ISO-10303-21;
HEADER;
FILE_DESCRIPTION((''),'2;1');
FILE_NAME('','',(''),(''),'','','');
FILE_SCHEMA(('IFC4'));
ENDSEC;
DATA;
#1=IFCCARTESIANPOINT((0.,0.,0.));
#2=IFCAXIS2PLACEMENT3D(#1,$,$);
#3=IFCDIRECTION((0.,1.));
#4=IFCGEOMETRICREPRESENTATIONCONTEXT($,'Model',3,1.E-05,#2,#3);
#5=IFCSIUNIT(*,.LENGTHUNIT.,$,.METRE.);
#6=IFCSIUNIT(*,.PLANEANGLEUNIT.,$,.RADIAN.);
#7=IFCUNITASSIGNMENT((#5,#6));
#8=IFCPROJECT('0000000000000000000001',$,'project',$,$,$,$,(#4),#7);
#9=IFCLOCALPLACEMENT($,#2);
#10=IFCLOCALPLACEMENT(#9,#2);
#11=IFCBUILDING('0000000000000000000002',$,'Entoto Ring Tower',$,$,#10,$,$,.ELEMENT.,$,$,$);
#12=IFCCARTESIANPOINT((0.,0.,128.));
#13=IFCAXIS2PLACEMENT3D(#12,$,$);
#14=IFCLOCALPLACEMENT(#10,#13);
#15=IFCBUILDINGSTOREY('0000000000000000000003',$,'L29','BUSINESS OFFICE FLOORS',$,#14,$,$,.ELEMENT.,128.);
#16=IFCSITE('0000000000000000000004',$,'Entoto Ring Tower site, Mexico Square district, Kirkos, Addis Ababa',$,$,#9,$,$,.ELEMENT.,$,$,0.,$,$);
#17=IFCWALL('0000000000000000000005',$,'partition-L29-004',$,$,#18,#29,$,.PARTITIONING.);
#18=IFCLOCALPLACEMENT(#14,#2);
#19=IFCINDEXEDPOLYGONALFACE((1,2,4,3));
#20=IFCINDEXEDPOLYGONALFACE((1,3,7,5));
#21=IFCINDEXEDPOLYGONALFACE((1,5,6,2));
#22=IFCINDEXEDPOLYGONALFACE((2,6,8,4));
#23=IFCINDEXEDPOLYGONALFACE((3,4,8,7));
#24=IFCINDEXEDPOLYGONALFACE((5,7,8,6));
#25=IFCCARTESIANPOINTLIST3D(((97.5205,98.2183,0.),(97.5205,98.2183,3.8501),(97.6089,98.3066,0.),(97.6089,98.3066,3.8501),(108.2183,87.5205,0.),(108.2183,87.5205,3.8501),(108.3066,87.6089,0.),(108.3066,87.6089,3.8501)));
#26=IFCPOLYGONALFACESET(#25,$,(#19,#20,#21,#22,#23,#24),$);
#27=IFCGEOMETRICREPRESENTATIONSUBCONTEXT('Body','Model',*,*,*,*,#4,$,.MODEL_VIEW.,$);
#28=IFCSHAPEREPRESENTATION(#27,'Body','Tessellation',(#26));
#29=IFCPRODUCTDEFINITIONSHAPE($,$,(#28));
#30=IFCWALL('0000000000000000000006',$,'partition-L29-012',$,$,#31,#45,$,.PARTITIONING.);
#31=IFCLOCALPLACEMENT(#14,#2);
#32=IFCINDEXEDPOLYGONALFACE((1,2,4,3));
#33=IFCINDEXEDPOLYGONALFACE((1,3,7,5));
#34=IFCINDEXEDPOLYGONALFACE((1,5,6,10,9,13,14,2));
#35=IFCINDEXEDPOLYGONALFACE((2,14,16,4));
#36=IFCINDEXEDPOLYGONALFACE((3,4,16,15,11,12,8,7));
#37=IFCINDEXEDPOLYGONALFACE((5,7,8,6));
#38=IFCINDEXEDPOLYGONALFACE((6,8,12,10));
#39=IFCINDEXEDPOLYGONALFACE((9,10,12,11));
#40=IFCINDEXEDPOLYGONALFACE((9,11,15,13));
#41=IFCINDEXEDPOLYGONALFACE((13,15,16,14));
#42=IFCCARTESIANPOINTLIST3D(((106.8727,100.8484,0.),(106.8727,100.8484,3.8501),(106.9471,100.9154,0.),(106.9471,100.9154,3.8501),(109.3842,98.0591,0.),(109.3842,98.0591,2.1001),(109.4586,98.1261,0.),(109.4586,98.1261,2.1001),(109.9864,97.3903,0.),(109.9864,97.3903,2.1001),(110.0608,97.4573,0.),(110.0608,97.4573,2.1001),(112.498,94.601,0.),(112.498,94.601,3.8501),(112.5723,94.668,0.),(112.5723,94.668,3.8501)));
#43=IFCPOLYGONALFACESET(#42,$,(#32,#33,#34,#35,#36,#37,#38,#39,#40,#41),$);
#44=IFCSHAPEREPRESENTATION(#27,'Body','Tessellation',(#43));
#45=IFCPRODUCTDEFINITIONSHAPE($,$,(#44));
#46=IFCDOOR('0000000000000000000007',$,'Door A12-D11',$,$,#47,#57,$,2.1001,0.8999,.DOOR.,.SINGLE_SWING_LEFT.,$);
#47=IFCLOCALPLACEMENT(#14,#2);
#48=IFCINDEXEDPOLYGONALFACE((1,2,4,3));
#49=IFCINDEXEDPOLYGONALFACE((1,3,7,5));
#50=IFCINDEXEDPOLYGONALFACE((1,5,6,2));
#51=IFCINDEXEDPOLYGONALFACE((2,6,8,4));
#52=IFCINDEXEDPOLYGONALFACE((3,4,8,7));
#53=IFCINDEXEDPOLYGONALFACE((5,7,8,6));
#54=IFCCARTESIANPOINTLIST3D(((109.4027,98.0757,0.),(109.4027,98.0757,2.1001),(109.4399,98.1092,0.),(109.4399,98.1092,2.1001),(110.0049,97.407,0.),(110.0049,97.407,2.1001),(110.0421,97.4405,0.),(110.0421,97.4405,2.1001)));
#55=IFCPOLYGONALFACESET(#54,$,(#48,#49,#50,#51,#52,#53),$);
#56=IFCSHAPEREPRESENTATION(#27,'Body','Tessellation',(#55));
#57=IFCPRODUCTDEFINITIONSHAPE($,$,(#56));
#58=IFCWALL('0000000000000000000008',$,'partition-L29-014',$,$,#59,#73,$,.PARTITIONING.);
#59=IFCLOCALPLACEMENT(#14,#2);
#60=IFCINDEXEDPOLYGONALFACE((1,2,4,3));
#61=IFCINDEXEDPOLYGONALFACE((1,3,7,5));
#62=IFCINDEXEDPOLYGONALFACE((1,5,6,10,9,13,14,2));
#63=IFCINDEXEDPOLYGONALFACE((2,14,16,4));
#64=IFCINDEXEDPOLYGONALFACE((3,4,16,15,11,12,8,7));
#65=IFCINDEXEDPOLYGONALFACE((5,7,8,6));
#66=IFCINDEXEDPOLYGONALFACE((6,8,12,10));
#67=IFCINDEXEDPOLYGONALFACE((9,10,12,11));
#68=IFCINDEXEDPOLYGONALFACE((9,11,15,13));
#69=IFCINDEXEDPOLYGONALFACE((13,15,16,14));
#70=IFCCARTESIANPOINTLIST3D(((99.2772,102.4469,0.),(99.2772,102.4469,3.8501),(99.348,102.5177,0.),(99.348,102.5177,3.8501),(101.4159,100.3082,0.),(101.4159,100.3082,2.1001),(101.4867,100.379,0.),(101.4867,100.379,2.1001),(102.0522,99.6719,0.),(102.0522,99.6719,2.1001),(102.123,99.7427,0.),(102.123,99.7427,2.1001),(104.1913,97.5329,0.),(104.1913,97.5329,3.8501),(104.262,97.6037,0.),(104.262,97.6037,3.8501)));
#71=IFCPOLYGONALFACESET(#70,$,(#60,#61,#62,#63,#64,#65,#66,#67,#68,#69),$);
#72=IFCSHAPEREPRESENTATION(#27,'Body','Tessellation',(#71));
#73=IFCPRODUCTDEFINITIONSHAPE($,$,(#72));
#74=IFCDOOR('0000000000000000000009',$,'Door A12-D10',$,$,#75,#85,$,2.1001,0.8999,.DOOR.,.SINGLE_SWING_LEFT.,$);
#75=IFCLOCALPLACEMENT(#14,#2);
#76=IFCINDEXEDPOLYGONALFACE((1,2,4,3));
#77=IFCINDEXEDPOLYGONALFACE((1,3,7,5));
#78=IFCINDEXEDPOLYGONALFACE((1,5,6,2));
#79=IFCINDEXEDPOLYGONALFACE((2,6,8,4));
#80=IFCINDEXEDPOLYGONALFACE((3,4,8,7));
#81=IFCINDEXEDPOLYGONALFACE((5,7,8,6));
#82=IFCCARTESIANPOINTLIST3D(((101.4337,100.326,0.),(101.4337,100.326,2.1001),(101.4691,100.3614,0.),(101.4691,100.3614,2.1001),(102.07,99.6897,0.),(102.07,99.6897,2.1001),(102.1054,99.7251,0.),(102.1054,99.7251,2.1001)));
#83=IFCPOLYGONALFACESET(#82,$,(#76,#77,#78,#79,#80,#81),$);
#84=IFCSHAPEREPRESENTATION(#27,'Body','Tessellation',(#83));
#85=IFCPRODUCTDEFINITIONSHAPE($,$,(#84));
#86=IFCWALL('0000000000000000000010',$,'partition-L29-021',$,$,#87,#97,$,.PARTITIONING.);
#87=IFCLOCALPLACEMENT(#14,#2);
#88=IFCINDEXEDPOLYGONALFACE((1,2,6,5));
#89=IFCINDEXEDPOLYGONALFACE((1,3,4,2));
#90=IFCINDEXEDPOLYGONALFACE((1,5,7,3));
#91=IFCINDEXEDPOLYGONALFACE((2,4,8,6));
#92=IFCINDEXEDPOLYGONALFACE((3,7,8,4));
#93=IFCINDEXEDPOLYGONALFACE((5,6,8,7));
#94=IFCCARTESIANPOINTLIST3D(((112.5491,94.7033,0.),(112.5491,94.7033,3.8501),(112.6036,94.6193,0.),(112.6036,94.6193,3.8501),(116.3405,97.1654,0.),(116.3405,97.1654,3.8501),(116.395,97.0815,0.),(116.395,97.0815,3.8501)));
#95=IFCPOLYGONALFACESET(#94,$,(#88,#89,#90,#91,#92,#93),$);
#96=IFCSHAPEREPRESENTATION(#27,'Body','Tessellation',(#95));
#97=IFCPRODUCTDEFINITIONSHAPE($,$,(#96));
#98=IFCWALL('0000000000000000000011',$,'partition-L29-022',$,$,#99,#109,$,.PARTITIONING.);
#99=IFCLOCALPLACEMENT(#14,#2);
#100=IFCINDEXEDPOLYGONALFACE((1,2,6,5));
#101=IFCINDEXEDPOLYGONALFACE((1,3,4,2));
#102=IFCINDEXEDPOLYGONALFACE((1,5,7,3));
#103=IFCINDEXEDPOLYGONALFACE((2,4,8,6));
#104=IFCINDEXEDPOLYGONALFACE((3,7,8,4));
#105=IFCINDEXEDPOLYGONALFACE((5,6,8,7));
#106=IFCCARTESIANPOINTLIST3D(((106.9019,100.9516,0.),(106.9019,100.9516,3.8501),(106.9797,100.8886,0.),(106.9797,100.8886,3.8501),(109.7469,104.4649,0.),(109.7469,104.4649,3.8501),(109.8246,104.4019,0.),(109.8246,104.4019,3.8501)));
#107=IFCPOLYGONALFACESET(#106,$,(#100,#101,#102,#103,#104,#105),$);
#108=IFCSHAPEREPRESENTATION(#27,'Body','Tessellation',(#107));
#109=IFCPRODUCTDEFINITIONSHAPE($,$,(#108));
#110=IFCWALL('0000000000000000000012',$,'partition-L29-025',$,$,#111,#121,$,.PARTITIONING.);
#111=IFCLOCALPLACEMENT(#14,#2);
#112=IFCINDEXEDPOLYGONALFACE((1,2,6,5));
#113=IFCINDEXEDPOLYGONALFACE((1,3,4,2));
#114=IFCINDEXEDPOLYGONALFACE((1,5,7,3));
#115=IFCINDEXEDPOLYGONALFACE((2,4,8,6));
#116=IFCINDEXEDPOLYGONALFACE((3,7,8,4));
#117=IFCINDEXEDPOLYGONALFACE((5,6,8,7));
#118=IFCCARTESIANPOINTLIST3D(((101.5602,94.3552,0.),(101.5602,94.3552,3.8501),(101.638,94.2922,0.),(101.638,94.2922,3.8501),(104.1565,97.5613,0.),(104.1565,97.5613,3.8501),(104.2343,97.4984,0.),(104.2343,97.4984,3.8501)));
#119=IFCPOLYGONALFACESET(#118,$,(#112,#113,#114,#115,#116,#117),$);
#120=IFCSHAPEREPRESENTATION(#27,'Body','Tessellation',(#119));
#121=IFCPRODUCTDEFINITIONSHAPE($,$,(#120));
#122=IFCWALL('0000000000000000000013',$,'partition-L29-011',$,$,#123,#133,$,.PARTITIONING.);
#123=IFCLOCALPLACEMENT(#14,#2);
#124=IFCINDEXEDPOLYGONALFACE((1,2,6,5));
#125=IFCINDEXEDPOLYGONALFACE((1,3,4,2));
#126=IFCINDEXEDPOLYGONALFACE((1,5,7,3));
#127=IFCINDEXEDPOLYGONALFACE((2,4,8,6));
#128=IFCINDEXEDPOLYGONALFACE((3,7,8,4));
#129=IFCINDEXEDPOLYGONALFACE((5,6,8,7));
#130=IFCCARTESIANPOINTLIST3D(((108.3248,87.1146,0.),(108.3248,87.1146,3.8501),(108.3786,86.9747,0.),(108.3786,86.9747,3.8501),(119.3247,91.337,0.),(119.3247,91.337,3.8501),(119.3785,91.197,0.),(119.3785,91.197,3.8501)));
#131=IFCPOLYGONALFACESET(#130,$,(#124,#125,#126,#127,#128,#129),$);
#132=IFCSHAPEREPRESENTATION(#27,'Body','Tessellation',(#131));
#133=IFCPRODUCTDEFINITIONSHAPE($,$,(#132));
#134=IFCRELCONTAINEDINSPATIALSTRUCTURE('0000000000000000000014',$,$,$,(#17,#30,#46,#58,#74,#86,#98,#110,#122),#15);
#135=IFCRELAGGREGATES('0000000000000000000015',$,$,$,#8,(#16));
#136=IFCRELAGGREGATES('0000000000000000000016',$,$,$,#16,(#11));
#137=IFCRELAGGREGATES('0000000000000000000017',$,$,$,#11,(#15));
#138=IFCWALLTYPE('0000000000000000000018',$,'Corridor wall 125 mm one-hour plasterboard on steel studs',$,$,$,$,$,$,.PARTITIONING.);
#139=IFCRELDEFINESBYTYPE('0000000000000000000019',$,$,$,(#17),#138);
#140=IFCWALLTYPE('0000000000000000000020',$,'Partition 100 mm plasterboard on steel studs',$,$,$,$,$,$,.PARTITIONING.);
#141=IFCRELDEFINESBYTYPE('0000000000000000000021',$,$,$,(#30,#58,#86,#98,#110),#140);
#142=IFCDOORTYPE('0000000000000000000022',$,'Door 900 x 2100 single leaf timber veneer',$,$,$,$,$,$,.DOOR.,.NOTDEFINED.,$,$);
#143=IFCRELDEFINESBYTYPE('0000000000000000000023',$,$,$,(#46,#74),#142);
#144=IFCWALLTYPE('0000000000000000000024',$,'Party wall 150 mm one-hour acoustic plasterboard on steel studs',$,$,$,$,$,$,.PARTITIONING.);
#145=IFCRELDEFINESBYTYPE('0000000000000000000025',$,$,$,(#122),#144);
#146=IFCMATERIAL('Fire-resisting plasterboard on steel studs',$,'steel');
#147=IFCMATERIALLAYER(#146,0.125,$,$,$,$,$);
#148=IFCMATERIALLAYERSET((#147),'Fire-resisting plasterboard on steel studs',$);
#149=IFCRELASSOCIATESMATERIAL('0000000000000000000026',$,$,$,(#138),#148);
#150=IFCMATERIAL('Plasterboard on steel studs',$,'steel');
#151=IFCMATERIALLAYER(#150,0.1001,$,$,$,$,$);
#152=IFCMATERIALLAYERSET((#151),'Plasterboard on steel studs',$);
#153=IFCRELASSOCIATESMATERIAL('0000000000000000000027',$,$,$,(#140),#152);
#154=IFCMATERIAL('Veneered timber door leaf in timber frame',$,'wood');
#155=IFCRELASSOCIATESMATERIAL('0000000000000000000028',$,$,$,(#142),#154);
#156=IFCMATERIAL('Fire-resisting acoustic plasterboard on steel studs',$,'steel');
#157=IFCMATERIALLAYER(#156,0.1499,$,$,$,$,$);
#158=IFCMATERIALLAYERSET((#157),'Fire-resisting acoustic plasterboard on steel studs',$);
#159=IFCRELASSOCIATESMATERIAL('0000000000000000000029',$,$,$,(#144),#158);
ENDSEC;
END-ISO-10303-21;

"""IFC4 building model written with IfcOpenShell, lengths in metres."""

from ifc_helpers import new_model, si_unit, direction, frame, frame_2d, origin, place, context, subcontext, project, spatial, rectangle, extrude, material, layer, layer_set, type_object, element, fill, save


model = new_model("IFC4")

# Units and contexts
model_context = context("Model", 3, precision=1e-05, world=origin(), true_north=direction((0.0, 1.0)))
body_context = subcontext(model_context, "Body", "Model", "MODEL_VIEW")
ifc_project = project(units=[si_unit("LENGTHUNIT", "METRE"), si_unit("PLANEANGLEUNIT", "RADIAN")], contexts=[model_context])

# Site, building, storey
site_placement = place(None, origin())
site = spatial("IfcSite", under=ifc_project, at=site_placement, Name="Entoto Ring Tower site, Mexico Square district, Kirkos, Addis Ababa", CompositionType="ELEMENT", RefElevation=0.0)
building_placement = place(site_placement, origin())
building = spatial("IfcBuilding", under=site, at=building_placement, Name="Entoto Ring Tower", CompositionType="ELEMENT")
storey_placement = place(building_placement, frame((0.0, 0.0, 128.0)))
storey = spatial("IfcBuildingStorey", under=building, at=storey_placement, Name="L29", Description="BUSINESS OFFICE FLOORS", CompositionType="ELEMENT", Elevation=128.0)

# Wall
ifc_material_1 = material(Name="Fire-resisting plasterboard on steel studs", Category="steel")
ifc_layer_1 = layer(ifc_material_1, 0.125)
ifc_layer_set_1 = layer_set([ifc_layer_1], Name="Fire-resisting plasterboard on steel studs")
wall_type_1 = type_object("IfcWallType", Name="Corridor wall 125 mm one-hour plasterboard on steel studs", PredefinedType="PARTITIONING", material=ifc_layer_set_1)
wall_1_placement = place(storey_placement, frame((108.2625, 87.5647, 0.0), z_axis=(0.0, 0.0, 1.0), x_axis=(-0.707107, 0.707107, 0.0)))
element("IfcWall", 1, at=wall_1_placement, inside=storey, type_object=wall_type_1, Name="partition-L29-004", PredefinedType="PARTITIONING", context=body_context, shape_type="SweptSolid", body=[
    extrude(rectangle(XDim=15.1289, YDim=0.125, at=frame_2d((7.5645, 0.0))), origin(), (0.0, 0.0, 1.0), 3.8501),
])

# Walls, openings, doors
ifc_material_2 = material(Name="Plasterboard on steel studs", Category="steel")
ifc_layer_2 = layer(ifc_material_2, 0.1001)
ifc_layer_set_2 = layer_set([ifc_layer_2], Name="Plasterboard on steel studs")
wall_type_2 = type_object("IfcWallType", Name="Partition 100 mm plasterboard on steel studs", PredefinedType="PARTITIONING", material=ifc_layer_set_2)
wall_2_placement = place(storey_placement, frame((112.5352, 94.6345, 0.0), z_axis=(0.0, 0.0, 1.0), x_axis=(-0.66914, 0.743137, 0.0)))
wall_2 = element("IfcWall", 2, at=wall_2_placement, inside=storey, type_object=wall_type_2, Name="partition-L29-012", PredefinedType="PARTITIONING", context=body_context, shape_type="SweptSolid", body=[
    extrude(rectangle(XDim=8.4067, YDim=0.1001, at=frame_2d((4.2034, 0.0))), origin(), (0.0, 0.0, 1.0), 3.8501),
])
opening_1_placement = place(wall_2_placement, frame((3.7534, 0.0, 0.0)))
opening_1 = element("IfcOpeningElement", 3, at=opening_1_placement, cuts=wall_2, PredefinedType="OPENING", context=body_context, shape_type="SweptSolid", body=[
    extrude(rectangle(XDim=0.8999, YDim=2.1001, at=frame_2d((0.45, 1.05))), frame((0.0, 0.0601, 0.0), z_axis=(0.0, -1.0, 0.0), x_axis=(1.0, 0.0, 0.0)), (0.0, 0.0, 1.0), 0.1201),
])
ifc_material_3 = material(Name="Veneered timber door leaf in timber frame", Category="wood")
door_type_1 = type_object("IfcDoorType", Name="Door 900 x 2100 single leaf timber veneer", OperationType="NOTDEFINED", PredefinedType="DOOR", material=ifc_material_3)
door_1_placement = place(opening_1_placement, frame((0.8999, 0.0, 0.0), z_axis=(0.0, 0.0, 1.0), x_axis=(-1.0, 0.0, 0.0)))
door_1 = element("IfcDoor", 4, at=door_1_placement, inside=storey, type_object=door_type_1, Name="Door A12-D11", OperationType="SINGLE_SWING_LEFT", OverallHeight=2.1001, OverallWidth=0.8999, PredefinedType="DOOR", context=body_context, shape_type="SweptSolid", body=[
    extrude(rectangle(XDim=0.8999, YDim=2.1001, at=frame_2d((0.45, 1.05))), frame((0.0, 0.0249, 0.0), z_axis=(0.0, -1.0, 0.0), x_axis=(1.0, 0.0, 0.0)), (0.0, 0.0, 1.0), 0.05),
])
fill(opening_1, door_1)
wall_3_placement = place(storey_placement, frame((104.2266, 97.5684, 0.0), z_axis=(0.0, 0.0, 1.0), x_axis=(-0.707107, 0.707107, 0.0)))
wall_3 = element("IfcWall", 5, at=wall_3_placement, inside=storey, type_object=wall_type_2, Name="partition-L29-014", PredefinedType="PARTITIONING", context=body_context, shape_type="SweptSolid", body=[
    extrude(rectangle(XDim=6.9495, YDim=0.1001, at=frame_2d((3.4746, 0.0))), origin(), (0.0, 0.0, 1.0), 3.8501),
])
opening_2_placement = place(wall_3_placement, frame((3.0249, 0.0, 0.0)))
opening_2 = element("IfcOpeningElement", 6, at=opening_2_placement, cuts=wall_3, PredefinedType="OPENING", context=body_context, shape_type="SweptSolid", body=[
    extrude(rectangle(XDim=0.8999, YDim=2.1001, at=frame_2d((0.45, 1.05))), frame((0.0, 0.0601, 0.0), z_axis=(0.0, -1.0, 0.0), x_axis=(1.0, 0.0, 0.0)), (0.0, 0.0, 1.0), 0.1201),
])
door_2_placement = place(opening_2_placement, origin())
door_2 = element("IfcDoor", 7, at=door_2_placement, inside=storey, type_object=door_type_1, Name="Door A12-D10", OperationType="SINGLE_SWING_LEFT", OverallHeight=2.1001, OverallWidth=0.8999, PredefinedType="DOOR", context=body_context, shape_type="SweptSolid", body=[
    extrude(rectangle(XDim=0.8999, YDim=2.1001, at=frame_2d((0.45, 1.05))), frame((0.0, 0.0249, 0.0), z_axis=(0.0, -1.0, 0.0), x_axis=(1.0, 0.0, 0.0)), (0.0, 0.0, 1.0), 0.05),
])
fill(opening_2, door_2)

# Walls
for number, where, z_axis, x_axis, name in (
    (8, (112.5764, 94.6614, 0.0), (0.0, 0.0, 1.0), (0.838678, 0.544628, 0.0), "partition-L29-021"),
    (9, (106.9409, 100.9202, 0.0), (0.0, 0.0, 1.0), (0.629301, 0.777162, 0.0), "partition-L29-022"),
):
    element("IfcWall", number, at=place(storey_placement, frame(where, z_axis=z_axis, x_axis=x_axis)), inside=storey, type_object=wall_type_2, Name=name, PredefinedType="PARTITIONING", context=body_context, shape_type="SweptSolid", body=[
        extrude(rectangle(XDim=4.5208, YDim=0.1001, at=frame_2d((2.2603, 0.0))), origin(), (0.0, 0.0, 1.0), 3.8501),
    ])
wall_4_placement = place(storey_placement, frame((101.5991, 94.3237, 0.0), z_axis=(0.0, 0.0, 1.0), x_axis=(0.629317, 0.777148, 0.0)))
element("IfcWall", 10, at=wall_4_placement, inside=storey, type_object=wall_type_2, Name="partition-L29-025", PredefinedType="PARTITIONING", context=body_context, shape_type="SweptSolid", body=[
    extrude(rectangle(XDim=4.1255, YDim=0.1001, at=frame_2d((2.0627, 0.0))), origin(), (0.0, 0.0, 1.0), 3.8501),
])
ifc_material_4 = material(Name="Fire-resisting acoustic plasterboard on steel studs", Category="steel")
ifc_layer_3 = layer(ifc_material_4, 0.1499)
ifc_layer_set_3 = layer_set([ifc_layer_3], Name="Fire-resisting acoustic plasterboard on steel studs")
wall_type_3 = type_object("IfcWallType", Name="Party wall 150 mm one-hour acoustic plasterboard on steel studs", PredefinedType="PARTITIONING", material=ifc_layer_set_3)
wall_5_placement = place(storey_placement, frame((108.3518, 87.0447, 0.0), z_axis=(0.0, 0.0, 1.0), x_axis=(0.933583, 0.358361, 0.0)))
element("IfcWall", 11, at=wall_5_placement, inside=storey, type_object=wall_type_3, Name="partition-L29-011", PredefinedType="PARTITIONING", context=body_context, shape_type="SweptSolid", body=[
    extrude(rectangle(XDim=11.7825, YDim=0.1499, at=frame_2d((5.8911, 0.0))), origin(), (0.0, 0.0, 1.0), 3.8501),
])

save(model, "model.ifc")
